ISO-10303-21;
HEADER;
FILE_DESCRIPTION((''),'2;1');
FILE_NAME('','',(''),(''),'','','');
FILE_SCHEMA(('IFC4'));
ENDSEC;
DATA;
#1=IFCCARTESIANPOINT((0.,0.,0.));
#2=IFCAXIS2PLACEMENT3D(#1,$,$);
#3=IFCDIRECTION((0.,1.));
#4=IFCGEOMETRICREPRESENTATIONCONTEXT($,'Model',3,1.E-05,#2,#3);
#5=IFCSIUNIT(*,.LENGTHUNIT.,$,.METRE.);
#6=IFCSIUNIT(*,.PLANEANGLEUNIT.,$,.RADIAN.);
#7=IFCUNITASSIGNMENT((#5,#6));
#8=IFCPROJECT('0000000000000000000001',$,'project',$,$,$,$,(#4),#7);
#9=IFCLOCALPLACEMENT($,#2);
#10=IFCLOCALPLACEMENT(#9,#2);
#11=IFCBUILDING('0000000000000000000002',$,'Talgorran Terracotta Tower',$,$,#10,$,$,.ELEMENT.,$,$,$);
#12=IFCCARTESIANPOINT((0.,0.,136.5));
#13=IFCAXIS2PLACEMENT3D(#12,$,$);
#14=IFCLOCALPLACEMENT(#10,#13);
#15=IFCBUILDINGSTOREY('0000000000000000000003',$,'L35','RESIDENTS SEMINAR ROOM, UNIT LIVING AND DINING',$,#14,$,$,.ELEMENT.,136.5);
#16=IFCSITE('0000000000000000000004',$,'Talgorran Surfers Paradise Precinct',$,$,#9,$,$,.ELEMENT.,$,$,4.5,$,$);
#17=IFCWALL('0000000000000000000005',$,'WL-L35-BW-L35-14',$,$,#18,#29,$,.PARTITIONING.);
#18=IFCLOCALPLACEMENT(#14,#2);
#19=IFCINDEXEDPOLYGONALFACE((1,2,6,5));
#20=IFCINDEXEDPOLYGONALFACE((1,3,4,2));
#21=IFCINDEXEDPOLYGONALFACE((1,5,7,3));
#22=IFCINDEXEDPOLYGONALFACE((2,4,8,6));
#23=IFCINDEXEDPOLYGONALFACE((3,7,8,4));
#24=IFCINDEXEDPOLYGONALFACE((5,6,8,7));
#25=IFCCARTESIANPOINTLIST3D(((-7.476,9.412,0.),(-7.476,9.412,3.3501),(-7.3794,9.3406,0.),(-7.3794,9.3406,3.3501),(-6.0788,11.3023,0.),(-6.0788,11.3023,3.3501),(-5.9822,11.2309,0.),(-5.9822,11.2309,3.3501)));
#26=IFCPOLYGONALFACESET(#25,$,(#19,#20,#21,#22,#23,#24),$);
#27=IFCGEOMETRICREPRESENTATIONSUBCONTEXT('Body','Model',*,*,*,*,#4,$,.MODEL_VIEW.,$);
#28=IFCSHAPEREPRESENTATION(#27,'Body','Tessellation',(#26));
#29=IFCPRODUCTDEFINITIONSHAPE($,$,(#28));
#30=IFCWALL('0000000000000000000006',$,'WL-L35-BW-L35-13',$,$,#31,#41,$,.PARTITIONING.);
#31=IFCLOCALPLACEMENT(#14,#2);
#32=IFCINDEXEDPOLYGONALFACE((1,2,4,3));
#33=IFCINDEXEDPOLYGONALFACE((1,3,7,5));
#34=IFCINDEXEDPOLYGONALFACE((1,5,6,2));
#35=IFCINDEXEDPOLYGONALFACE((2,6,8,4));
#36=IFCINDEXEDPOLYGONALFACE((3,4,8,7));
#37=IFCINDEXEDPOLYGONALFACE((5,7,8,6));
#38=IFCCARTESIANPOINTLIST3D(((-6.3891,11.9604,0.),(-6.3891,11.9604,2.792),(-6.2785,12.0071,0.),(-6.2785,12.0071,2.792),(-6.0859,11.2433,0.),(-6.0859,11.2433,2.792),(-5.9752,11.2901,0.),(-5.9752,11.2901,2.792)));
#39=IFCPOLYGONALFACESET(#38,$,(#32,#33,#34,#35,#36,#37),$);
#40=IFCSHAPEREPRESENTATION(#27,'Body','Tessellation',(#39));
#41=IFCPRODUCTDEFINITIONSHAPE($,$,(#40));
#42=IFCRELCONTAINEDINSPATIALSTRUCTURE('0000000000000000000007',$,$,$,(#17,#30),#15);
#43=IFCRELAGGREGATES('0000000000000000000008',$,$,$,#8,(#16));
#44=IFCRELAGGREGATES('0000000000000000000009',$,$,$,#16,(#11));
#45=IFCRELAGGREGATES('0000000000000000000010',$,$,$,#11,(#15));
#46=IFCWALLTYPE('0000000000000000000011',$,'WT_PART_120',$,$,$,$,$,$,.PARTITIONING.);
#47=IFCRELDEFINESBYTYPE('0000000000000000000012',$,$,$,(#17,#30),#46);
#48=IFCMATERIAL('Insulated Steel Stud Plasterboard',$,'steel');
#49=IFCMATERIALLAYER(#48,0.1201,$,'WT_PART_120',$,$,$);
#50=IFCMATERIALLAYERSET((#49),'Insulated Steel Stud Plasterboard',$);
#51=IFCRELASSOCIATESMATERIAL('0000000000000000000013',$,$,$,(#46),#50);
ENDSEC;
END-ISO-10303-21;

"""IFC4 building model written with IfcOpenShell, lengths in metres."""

from ifc_helpers import new_model, si_unit, direction, frame, frame_2d, origin, place, context, subcontext, project, spatial, rectangle, extrude, material, layer, layer_set, type_object, element, save


model = new_model("IFC4")

# Units and contexts
model_context = context("Model", 3, precision=1e-05, world=origin(), true_north=direction((0.0, 1.0)))
body_context = subcontext(model_context, "Body", "Model", "MODEL_VIEW")
ifc_project = project(units=[si_unit("LENGTHUNIT", "METRE"), si_unit("PLANEANGLEUNIT", "RADIAN")], contexts=[model_context])

# Site, building, storey
site_placement = place(None, origin())
site = spatial("IfcSite", under=ifc_project, at=site_placement, Name="Talgorran Surfers Paradise Precinct", CompositionType="ELEMENT", RefElevation=4.5)
building_placement = place(site_placement, origin())
building = spatial("IfcBuilding", under=site, at=building_placement, Name="Talgorran Terracotta Tower", CompositionType="ELEMENT")
storey_placement = place(building_placement, frame((0.0, 0.0, 136.5)))
storey = spatial("IfcBuildingStorey", under=building, at=storey_placement, Name="L35", Description="RESIDENTS SEMINAR ROOM, UNIT LIVING AND DINING", CompositionType="ELEMENT", Elevation=136.5)

# Walls
ifc_material_1 = material(Name="Insulated Steel Stud Plasterboard", Category="steel")
ifc_layer_1 = layer(ifc_material_1, 0.1201, Name="WT_PART_120")
ifc_layer_set_1 = layer_set([ifc_layer_1], Name="Insulated Steel Stud Plasterboard")
wall_type_1 = type_object("IfcWallType", Name="WT_PART_120", PredefinedType="PARTITIONING", material=ifc_layer_set_1)
wall_1_placement = place(storey_placement, frame((-6.0305, 11.2666, 0.0), z_axis=(0.0, 0.0, 1.0), x_axis=(-0.594385, -0.80418, 0.0)))
element("IfcWall", 1, at=wall_1_placement, inside=storey, type_object=wall_type_1, Name="WL-L35-BW-L35-14", PredefinedType="PARTITIONING", context=body_context, shape_type="SweptSolid", body=[
    extrude(rectangle(XDim=2.3506, YDim=0.1201, at=frame_2d((1.1753, 0.0))), origin(), (0.0, 0.0, 1.0), 3.3501),
])
wall_2_placement = place(storey_placement, frame((-6.3337, 11.9836, 0.0), z_axis=(0.0, 0.0, 1.0), x_axis=(0.389487, -0.921032, 0.0)))
element("IfcWall", 2, at=wall_2_placement, inside=storey, type_object=wall_type_1, Name="WL-L35-BW-L35-13", PredefinedType="PARTITIONING", context=body_context, shape_type="SweptSolid", body=[
    extrude(rectangle(XDim=0.7786, YDim=0.1201, at=frame_2d((0.3892, 0.0))), origin(), (0.0, 0.0, 1.0), 2.792),
])

save(model, "model.ifc")
